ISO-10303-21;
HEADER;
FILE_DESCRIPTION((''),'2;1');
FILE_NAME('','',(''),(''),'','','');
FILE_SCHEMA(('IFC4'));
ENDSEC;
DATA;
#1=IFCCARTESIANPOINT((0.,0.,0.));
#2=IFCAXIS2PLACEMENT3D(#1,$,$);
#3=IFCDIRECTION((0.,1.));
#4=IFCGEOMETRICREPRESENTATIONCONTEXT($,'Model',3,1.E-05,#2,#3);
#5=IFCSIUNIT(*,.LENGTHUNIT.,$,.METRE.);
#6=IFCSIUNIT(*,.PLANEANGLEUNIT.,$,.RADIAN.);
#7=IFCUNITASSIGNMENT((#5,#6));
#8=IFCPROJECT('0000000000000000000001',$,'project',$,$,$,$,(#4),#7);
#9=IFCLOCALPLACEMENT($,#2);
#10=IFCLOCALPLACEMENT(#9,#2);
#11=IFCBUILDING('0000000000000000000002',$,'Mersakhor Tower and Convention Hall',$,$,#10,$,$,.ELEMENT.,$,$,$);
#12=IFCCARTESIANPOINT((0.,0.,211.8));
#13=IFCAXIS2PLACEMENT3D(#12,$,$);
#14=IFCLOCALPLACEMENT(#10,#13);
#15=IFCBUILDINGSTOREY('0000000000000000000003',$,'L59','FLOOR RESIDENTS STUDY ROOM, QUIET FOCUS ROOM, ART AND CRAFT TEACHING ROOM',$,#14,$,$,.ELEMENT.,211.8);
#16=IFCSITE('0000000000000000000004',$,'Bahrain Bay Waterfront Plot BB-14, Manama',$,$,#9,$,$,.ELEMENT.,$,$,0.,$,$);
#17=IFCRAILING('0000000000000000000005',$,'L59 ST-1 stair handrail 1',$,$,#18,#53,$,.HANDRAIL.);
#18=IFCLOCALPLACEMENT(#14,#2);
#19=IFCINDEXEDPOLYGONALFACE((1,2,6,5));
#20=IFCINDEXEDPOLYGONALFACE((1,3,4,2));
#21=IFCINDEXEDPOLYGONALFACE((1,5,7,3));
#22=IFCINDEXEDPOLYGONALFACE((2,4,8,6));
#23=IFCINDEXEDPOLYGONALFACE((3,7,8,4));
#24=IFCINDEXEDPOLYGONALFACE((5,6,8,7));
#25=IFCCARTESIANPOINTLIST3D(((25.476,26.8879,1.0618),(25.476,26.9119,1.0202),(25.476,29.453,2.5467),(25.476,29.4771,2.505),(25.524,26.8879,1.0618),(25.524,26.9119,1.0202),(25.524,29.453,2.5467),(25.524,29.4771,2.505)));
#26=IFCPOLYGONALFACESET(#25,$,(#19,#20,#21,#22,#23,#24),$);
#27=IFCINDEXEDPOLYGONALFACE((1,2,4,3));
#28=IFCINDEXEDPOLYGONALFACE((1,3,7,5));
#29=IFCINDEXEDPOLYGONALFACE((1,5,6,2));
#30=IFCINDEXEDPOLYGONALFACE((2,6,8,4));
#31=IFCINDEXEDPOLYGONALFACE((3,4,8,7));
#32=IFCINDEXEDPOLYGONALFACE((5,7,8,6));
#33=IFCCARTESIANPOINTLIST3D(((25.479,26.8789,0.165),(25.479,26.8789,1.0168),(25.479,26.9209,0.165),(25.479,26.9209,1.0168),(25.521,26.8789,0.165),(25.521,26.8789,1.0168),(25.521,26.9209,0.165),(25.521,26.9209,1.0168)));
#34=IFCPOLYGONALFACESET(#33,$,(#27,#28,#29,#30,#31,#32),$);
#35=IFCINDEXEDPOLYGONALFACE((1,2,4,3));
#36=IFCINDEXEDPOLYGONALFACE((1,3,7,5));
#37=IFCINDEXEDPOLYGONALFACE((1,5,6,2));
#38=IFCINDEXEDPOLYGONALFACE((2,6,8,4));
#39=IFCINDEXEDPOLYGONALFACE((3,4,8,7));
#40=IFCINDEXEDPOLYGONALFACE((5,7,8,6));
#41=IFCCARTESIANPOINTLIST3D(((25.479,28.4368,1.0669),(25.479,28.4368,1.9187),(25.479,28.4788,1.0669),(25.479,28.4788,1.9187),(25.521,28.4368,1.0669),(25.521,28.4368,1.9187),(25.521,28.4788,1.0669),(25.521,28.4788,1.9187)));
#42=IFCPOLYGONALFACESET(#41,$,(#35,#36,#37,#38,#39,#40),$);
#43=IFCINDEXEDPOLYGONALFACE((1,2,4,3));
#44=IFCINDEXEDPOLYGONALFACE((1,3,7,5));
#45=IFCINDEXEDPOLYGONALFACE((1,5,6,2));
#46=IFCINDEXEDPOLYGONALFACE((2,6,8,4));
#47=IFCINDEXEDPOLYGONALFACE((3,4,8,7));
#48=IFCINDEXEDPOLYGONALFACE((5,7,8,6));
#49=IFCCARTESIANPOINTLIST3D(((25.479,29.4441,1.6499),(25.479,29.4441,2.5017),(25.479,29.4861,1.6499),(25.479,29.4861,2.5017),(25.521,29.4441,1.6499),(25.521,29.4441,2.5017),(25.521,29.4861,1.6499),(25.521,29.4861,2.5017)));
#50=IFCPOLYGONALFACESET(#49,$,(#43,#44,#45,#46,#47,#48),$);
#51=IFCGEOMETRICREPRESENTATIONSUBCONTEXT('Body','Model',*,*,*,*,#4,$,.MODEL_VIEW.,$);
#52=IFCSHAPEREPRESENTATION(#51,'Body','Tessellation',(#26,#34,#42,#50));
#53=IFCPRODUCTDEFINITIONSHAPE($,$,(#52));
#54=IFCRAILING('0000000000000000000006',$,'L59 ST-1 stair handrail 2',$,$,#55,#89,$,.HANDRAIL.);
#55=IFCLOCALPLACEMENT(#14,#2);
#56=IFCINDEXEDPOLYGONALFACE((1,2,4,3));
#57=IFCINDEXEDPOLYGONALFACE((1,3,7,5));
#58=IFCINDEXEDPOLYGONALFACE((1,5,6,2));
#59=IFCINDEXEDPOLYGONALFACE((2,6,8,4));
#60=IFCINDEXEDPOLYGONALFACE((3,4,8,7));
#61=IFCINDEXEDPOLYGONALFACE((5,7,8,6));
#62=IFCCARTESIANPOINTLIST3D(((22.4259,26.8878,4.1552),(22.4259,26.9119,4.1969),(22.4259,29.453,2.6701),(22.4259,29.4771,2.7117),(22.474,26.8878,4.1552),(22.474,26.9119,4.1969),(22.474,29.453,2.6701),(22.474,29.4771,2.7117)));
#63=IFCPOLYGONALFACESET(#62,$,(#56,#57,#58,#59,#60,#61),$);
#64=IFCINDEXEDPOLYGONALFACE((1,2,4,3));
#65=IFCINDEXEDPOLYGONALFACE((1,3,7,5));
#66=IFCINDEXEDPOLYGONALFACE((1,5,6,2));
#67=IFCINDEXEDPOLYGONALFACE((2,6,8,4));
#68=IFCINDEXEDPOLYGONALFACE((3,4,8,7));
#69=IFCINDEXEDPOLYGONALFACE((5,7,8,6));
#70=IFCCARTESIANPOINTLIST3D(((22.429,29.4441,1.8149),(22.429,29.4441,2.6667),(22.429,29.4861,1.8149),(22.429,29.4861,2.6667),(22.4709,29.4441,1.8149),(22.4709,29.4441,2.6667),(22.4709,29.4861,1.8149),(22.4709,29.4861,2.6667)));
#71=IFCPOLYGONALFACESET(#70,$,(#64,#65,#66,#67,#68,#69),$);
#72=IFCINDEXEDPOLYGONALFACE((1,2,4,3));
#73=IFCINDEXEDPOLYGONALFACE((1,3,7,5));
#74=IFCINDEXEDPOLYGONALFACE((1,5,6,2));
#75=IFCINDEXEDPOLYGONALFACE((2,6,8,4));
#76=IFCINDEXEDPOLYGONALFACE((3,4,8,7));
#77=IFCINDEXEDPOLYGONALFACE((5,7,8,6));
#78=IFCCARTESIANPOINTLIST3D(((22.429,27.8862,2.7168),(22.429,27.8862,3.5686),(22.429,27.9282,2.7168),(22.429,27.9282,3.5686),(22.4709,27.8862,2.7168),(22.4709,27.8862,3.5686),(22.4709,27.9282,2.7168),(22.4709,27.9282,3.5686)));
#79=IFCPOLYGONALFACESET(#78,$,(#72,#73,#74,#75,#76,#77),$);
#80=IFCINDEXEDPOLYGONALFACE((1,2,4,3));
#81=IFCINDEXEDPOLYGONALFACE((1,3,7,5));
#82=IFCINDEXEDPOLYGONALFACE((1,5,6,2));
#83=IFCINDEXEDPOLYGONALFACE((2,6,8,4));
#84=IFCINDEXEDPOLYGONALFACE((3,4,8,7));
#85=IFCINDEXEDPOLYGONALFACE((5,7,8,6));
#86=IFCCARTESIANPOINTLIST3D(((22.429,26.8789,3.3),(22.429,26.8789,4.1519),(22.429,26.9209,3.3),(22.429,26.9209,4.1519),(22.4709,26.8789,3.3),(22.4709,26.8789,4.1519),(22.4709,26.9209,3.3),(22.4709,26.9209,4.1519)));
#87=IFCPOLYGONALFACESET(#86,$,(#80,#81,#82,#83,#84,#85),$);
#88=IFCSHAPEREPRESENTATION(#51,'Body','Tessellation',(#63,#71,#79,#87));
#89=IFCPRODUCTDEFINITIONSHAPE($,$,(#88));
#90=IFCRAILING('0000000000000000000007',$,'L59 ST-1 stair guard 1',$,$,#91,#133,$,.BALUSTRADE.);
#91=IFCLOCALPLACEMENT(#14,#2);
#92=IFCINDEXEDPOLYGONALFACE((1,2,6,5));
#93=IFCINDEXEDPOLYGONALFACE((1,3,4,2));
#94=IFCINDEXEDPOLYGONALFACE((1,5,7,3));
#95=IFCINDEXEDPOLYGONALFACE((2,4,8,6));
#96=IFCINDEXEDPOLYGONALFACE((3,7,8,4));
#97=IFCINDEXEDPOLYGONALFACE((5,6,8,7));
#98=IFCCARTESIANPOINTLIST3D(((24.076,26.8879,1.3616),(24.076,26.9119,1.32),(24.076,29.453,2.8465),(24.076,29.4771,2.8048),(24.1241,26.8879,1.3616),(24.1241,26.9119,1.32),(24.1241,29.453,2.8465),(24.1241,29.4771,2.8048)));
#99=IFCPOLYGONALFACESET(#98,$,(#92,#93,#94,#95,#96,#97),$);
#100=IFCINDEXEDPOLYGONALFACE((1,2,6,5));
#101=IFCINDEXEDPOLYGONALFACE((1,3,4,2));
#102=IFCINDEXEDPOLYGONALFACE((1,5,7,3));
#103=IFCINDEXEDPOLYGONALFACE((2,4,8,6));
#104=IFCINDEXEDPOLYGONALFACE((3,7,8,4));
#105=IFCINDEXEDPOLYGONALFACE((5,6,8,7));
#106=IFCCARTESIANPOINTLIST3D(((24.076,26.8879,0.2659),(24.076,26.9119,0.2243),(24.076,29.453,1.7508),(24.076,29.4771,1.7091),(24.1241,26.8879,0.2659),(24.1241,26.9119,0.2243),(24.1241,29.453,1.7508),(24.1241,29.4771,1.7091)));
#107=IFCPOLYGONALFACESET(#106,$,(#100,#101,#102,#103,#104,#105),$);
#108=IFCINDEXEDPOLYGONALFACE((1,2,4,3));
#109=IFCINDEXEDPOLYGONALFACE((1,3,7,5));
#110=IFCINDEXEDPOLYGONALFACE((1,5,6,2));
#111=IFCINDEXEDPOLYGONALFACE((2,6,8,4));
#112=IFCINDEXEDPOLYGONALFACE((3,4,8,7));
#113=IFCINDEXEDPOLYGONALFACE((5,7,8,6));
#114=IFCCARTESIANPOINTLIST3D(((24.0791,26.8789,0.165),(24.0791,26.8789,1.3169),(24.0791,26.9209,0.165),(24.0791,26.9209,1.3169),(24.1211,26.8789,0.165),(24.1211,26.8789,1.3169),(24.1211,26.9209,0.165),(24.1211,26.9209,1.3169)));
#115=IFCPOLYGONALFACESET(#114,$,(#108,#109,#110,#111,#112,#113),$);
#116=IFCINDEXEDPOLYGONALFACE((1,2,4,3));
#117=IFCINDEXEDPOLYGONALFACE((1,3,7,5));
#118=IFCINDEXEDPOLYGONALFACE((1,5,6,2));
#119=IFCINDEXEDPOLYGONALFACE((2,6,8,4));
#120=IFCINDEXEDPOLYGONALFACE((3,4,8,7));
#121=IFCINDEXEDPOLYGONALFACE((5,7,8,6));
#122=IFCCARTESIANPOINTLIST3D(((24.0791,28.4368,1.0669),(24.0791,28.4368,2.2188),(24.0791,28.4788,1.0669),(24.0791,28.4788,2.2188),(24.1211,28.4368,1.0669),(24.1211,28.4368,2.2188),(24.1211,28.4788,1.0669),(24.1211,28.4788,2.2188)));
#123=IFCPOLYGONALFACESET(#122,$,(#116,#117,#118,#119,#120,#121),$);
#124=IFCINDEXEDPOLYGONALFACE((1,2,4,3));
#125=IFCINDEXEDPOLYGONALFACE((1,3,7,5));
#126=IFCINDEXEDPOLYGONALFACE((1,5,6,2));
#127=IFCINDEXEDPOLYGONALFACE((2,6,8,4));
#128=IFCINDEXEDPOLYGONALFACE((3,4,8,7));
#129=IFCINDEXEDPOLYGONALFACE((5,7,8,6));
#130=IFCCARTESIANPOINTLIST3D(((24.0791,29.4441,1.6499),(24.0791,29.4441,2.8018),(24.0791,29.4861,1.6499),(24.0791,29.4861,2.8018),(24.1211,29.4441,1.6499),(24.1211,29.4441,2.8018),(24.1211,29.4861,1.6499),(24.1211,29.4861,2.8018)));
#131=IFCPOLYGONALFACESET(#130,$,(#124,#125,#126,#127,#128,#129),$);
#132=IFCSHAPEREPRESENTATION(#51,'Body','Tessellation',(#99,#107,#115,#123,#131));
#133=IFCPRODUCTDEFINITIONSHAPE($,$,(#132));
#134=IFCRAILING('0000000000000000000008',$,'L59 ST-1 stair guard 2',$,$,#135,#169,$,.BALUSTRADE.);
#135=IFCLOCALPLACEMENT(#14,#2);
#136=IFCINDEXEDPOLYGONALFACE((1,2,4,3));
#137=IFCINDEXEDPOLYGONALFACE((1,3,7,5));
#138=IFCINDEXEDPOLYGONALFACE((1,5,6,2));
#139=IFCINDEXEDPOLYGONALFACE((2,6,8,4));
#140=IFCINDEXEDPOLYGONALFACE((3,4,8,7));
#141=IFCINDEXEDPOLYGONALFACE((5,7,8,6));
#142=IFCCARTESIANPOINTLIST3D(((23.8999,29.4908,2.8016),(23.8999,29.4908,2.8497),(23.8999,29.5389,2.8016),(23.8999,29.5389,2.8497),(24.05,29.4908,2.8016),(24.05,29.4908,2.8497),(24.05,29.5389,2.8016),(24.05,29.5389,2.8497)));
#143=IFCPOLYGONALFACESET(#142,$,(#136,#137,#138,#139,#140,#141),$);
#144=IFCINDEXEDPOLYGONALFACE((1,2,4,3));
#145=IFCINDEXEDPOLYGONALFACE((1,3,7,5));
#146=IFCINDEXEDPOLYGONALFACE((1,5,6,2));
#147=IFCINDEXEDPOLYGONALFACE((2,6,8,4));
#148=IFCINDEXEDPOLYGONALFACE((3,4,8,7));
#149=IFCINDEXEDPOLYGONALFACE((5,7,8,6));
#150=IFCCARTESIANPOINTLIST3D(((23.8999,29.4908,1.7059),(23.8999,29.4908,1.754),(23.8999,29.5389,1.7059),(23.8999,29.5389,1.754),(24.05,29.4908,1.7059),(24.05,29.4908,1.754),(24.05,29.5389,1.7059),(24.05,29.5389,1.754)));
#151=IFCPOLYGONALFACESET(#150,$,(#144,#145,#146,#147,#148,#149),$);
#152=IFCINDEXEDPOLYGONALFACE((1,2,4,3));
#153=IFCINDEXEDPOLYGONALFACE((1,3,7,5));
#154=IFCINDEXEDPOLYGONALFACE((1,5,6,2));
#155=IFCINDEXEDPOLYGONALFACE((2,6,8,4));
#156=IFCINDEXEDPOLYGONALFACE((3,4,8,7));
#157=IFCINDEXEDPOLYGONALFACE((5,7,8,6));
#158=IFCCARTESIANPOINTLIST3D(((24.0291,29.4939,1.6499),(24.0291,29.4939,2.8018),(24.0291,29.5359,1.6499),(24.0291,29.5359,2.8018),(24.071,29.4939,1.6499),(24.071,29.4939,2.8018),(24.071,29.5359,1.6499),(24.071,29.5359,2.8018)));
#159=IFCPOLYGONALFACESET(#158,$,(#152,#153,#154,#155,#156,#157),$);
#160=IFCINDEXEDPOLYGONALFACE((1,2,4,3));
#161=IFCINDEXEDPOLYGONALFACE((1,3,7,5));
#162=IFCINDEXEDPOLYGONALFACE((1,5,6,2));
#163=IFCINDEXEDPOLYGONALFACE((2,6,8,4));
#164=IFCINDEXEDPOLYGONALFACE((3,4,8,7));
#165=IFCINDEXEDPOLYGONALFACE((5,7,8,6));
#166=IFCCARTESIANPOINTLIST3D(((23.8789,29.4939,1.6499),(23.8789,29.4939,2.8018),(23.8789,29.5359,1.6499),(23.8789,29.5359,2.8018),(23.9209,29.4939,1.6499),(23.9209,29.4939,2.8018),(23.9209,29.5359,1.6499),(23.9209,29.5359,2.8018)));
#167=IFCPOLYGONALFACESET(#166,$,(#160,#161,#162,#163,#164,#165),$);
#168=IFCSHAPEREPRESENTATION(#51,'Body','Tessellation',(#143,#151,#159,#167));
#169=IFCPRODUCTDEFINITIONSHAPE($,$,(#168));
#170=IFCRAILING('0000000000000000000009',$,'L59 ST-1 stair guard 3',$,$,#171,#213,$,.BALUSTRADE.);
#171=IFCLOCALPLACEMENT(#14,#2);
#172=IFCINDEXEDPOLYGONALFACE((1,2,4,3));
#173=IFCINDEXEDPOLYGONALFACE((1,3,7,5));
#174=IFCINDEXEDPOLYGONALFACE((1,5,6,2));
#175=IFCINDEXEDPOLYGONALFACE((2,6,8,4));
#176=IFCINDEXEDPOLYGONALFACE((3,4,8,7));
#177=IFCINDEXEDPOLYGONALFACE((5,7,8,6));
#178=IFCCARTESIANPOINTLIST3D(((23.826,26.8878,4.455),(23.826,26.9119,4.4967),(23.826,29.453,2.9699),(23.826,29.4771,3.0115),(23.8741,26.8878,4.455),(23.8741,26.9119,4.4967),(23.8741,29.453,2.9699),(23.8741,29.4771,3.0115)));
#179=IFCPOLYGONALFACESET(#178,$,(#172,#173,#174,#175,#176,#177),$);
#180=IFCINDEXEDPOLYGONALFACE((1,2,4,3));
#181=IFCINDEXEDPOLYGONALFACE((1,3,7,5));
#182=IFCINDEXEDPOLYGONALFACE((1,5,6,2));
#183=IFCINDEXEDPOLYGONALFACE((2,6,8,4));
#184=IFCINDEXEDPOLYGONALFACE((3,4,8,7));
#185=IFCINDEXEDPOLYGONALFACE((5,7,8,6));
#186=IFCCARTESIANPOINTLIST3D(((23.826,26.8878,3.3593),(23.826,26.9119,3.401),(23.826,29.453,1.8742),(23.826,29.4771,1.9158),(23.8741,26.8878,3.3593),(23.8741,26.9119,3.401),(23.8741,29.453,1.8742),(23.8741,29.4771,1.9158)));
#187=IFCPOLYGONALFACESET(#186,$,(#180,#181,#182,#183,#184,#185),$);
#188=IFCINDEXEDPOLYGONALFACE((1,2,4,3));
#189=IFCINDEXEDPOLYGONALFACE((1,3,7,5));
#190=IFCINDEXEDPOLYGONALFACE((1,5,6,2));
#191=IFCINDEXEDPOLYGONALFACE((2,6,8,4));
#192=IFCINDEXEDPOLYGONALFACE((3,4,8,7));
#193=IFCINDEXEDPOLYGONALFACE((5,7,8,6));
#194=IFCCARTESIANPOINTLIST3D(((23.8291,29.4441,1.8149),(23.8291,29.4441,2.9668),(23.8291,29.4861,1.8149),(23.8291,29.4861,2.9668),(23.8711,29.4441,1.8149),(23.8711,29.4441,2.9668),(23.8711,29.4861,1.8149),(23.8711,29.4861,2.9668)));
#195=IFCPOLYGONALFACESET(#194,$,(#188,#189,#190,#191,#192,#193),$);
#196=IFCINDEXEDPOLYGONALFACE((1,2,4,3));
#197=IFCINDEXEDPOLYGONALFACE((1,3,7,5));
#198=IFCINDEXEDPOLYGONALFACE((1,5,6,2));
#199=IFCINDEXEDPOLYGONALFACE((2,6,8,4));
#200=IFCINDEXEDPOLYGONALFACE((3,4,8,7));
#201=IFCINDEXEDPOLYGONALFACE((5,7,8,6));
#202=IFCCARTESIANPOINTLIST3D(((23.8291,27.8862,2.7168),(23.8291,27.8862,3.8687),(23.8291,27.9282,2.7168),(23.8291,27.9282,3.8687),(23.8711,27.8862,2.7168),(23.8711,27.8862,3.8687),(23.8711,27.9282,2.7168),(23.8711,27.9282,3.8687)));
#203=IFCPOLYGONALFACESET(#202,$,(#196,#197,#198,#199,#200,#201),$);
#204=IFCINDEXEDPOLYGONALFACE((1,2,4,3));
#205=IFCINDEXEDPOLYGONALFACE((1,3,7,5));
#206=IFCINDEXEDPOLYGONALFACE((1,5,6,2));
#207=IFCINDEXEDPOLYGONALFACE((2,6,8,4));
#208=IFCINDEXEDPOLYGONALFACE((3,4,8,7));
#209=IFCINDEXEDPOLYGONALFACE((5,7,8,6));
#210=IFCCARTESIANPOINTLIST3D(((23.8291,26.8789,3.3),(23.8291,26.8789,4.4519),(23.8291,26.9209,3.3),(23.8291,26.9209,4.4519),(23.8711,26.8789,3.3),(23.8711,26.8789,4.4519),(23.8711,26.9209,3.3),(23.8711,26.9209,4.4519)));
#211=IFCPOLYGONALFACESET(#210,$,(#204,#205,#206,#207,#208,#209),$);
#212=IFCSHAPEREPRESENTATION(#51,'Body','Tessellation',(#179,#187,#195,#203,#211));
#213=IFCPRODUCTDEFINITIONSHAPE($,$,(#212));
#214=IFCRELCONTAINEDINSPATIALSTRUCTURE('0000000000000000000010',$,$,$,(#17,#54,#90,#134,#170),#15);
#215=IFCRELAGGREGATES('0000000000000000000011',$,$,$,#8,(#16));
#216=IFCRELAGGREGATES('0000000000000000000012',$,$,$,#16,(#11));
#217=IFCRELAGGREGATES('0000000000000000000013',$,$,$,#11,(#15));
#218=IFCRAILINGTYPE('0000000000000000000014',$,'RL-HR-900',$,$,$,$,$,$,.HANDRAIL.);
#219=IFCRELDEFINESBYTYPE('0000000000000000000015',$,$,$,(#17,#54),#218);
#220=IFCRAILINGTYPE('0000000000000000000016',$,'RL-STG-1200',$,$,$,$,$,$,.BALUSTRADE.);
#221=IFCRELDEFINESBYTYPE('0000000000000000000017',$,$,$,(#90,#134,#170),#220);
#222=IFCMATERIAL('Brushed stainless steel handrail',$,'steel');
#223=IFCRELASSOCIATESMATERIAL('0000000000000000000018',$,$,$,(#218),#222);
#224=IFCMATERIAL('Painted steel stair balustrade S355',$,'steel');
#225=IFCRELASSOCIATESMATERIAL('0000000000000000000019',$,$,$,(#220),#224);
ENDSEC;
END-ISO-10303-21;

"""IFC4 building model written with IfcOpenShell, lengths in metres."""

from ifc_helpers import new_model, si_unit, direction, frame, origin, origin_2d, place, context, subcontext, project, spatial, rectangle, extrude, material, type_object, element, save


model = new_model("IFC4")

# Units and contexts
model_context = context("Model", 3, precision=1e-05, world=origin(), true_north=direction((0.0, 1.0)))
body_context = subcontext(model_context, "Body", "Model", "MODEL_VIEW")
ifc_project = project(units=[si_unit("LENGTHUNIT", "METRE"), si_unit("PLANEANGLEUNIT", "RADIAN")], contexts=[model_context])

# Site, building, storey
site_placement = place(None, origin())
site = spatial("IfcSite", under=ifc_project, at=site_placement, Name="Bahrain Bay Waterfront Plot BB-14, Manama", CompositionType="ELEMENT", RefElevation=0.0)
building_placement = place(site_placement, origin())
building = spatial("IfcBuilding", under=site, at=building_placement, Name="Mersakhor Tower and Convention Hall", CompositionType="ELEMENT")
storey_placement = place(building_placement, frame((0.0, 0.0, 211.8)))
storey = spatial("IfcBuildingStorey", under=building, at=storey_placement, Name="L59", Description="FLOOR RESIDENTS STUDY ROOM, QUIET FOCUS ROOM, ART AND CRAFT TEACHING ROOM", CompositionType="ELEMENT", Elevation=211.8)

# Railings
ifc_material_1 = material(Name="Brushed stainless steel handrail", Category="steel")
railing_type_1 = type_object("IfcRailingType", Name="RL-HR-900", PredefinedType="HANDRAIL", material=ifc_material_1)
railing_1_placement = place(storey_placement, frame((25.5, 26.8999, 0.165)))
element("IfcRailing", 1, at=railing_1_placement, inside=storey, type_object=railing_type_1, Name="L59 ST-1 stair handrail 1", PredefinedType="HANDRAIL", context=body_context, shape_type="SweptSolid", body=[
    extrude(rectangle(XDim=0.0481, YDim=0.0481, at=origin_2d()), frame((0.0, 0.0, 0.876), z_axis=(0.0, 0.865462, 0.500975), x_axis=(-1.0, 0.0, 0.0)), (0.0, 0.0, 1.0), 2.9639),
    extrude(rectangle(XDim=0.042, YDim=0.042, at=origin_2d()), origin(), (0.0, 0.0, 1.0), 0.8518),
    extrude(rectangle(XDim=0.042, YDim=0.042, at=origin_2d()), frame((0.0, 1.5579, 0.9019)), (0.0, 0.0, 1.0), 0.8518),
    extrude(rectangle(XDim=0.042, YDim=0.042, at=origin_2d()), frame((0.0, 2.5652, 1.4849)), (0.0, 0.0, 1.0), 0.8518),
])
railing_2_placement = place(storey_placement, frame((22.45, 29.4651, 1.8149)))
element("IfcRailing", 2, at=railing_2_placement, inside=storey, type_object=railing_type_1, Name="L59 ST-1 stair handrail 2", PredefinedType="HANDRAIL", context=body_context, shape_type="SweptSolid", body=[
    extrude(rectangle(XDim=0.0481, YDim=0.0481, at=origin_2d()), frame((0.0, 0.0, 0.876), z_axis=(0.0, -0.865426, 0.501036), x_axis=(1.0, 0.0, 0.0)), (0.0, 0.0, 1.0), 2.9641),
    extrude(rectangle(XDim=0.042, YDim=0.042, at=origin_2d()), origin(), (0.0, 0.0, 1.0), 0.8518),
    extrude(rectangle(XDim=0.042, YDim=0.042, at=origin_2d()), frame((0.0, -1.5579, 0.9019)), (0.0, 0.0, 1.0), 0.8518),
    extrude(rectangle(XDim=0.042, YDim=0.042, at=origin_2d()), frame((0.0, -2.5652, 1.4851)), (0.0, 0.0, 1.0), 0.8518),
])
ifc_material_2 = material(Name="Painted steel stair balustrade S355", Category="steel")
railing_type_2 = type_object("IfcRailingType", Name="RL-STG-1200", PredefinedType="BALUSTRADE", material=ifc_material_2)
railing_3_placement = place(storey_placement, frame((24.1001, 26.8999, 0.165)))
element("IfcRailing", 3, at=railing_3_placement, inside=storey, type_object=railing_type_2, Name="L59 ST-1 stair guard 1", PredefinedType="BALUSTRADE", context=body_context, shape_type="SweptSolid", body=[
    extrude(rectangle(XDim=0.0481, YDim=0.0481, at=origin_2d()), frame((0.0, 0.0, 1.1758), z_axis=(0.0, 0.865462, 0.500975), x_axis=(-1.0, 0.0, 0.0)), (0.0, 0.0, 1.0), 2.9639),
    extrude(rectangle(XDim=0.0481, YDim=0.0481, at=origin_2d()), frame((0.0, 0.0, 0.0801), z_axis=(0.0, 0.865462, 0.500975), x_axis=(-1.0, 0.0, 0.0)), (0.0, 0.0, 1.0), 2.9639),
    extrude(rectangle(XDim=0.042, YDim=0.042, at=origin_2d()), origin(), (0.0, 0.0, 1.0), 1.1519),
    extrude(rectangle(XDim=0.042, YDim=0.042, at=origin_2d()), frame((0.0, 1.5579, 0.9019)), (0.0, 0.0, 1.0), 1.1519),
    extrude(rectangle(XDim=0.042, YDim=0.042, at=origin_2d()), frame((0.0, 2.5652, 1.4849)), (0.0, 0.0, 1.0), 1.1519),
])
railing_4_placement = place(storey_placement, frame((24.05, 29.5149, 1.6499)))
element("IfcRailing", 4, at=railing_4_placement, inside=storey, type_object=railing_type_2, Name="L59 ST-1 stair guard 2", PredefinedType="BALUSTRADE", context=body_context, shape_type="SweptSolid", body=[
    extrude(rectangle(XDim=0.0481, YDim=0.0481, at=origin_2d()), frame((0.0, 0.0, 1.1758), z_axis=(-1.0, 0.0, 0.0), x_axis=(0.0, -1.0, 0.0)), (0.0, 0.0, 1.0), 0.1501),
    extrude(rectangle(XDim=0.0481, YDim=0.0481, at=origin_2d()), frame((0.0, 0.0, 0.0801), z_axis=(-1.0, 0.0, 0.0), x_axis=(0.0, -1.0, 0.0)), (0.0, 0.0, 1.0), 0.1501),
    extrude(rectangle(XDim=0.042, YDim=0.042, at=origin_2d()), origin(), (0.0, 0.0, 1.0), 1.1519),
    extrude(rectangle(XDim=0.042, YDim=0.042, at=origin_2d()), frame((-0.1501, 0.0, 0.0)), (0.0, 0.0, 1.0), 1.1519),
])
railing_5_placement = place(storey_placement, frame((23.8501, 29.4651, 1.8149)))
element("IfcRailing", 5, at=railing_5_placement, inside=storey, type_object=railing_type_2, Name="L59 ST-1 stair guard 3", PredefinedType="BALUSTRADE", context=body_context, shape_type="SweptSolid", body=[
    extrude(rectangle(XDim=0.0481, YDim=0.0481, at=origin_2d()), frame((0.0, 0.0, 1.1758), z_axis=(0.0, -0.865426, 0.501036), x_axis=(1.0, 0.0, 0.0)), (0.0, 0.0, 1.0), 2.9641),
    extrude(rectangle(XDim=0.0481, YDim=0.0481, at=origin_2d()), frame((0.0, 0.0, 0.0801), z_axis=(0.0, -0.865426, 0.501036), x_axis=(1.0, 0.0, 0.0)), (0.0, 0.0, 1.0), 2.9641),
    extrude(rectangle(XDim=0.042, YDim=0.042, at=origin_2d()), origin(), (0.0, 0.0, 1.0), 1.1519),
    extrude(rectangle(XDim=0.042, YDim=0.042, at=origin_2d()), frame((0.0, -1.5579, 0.9019)), (0.0, 0.0, 1.0), 1.1519),
    extrude(rectangle(XDim=0.042, YDim=0.042, at=origin_2d()), frame((0.0, -2.5652, 1.4851)), (0.0, 0.0, 1.0), 1.1519),
])

save(model, "model.ifc")
